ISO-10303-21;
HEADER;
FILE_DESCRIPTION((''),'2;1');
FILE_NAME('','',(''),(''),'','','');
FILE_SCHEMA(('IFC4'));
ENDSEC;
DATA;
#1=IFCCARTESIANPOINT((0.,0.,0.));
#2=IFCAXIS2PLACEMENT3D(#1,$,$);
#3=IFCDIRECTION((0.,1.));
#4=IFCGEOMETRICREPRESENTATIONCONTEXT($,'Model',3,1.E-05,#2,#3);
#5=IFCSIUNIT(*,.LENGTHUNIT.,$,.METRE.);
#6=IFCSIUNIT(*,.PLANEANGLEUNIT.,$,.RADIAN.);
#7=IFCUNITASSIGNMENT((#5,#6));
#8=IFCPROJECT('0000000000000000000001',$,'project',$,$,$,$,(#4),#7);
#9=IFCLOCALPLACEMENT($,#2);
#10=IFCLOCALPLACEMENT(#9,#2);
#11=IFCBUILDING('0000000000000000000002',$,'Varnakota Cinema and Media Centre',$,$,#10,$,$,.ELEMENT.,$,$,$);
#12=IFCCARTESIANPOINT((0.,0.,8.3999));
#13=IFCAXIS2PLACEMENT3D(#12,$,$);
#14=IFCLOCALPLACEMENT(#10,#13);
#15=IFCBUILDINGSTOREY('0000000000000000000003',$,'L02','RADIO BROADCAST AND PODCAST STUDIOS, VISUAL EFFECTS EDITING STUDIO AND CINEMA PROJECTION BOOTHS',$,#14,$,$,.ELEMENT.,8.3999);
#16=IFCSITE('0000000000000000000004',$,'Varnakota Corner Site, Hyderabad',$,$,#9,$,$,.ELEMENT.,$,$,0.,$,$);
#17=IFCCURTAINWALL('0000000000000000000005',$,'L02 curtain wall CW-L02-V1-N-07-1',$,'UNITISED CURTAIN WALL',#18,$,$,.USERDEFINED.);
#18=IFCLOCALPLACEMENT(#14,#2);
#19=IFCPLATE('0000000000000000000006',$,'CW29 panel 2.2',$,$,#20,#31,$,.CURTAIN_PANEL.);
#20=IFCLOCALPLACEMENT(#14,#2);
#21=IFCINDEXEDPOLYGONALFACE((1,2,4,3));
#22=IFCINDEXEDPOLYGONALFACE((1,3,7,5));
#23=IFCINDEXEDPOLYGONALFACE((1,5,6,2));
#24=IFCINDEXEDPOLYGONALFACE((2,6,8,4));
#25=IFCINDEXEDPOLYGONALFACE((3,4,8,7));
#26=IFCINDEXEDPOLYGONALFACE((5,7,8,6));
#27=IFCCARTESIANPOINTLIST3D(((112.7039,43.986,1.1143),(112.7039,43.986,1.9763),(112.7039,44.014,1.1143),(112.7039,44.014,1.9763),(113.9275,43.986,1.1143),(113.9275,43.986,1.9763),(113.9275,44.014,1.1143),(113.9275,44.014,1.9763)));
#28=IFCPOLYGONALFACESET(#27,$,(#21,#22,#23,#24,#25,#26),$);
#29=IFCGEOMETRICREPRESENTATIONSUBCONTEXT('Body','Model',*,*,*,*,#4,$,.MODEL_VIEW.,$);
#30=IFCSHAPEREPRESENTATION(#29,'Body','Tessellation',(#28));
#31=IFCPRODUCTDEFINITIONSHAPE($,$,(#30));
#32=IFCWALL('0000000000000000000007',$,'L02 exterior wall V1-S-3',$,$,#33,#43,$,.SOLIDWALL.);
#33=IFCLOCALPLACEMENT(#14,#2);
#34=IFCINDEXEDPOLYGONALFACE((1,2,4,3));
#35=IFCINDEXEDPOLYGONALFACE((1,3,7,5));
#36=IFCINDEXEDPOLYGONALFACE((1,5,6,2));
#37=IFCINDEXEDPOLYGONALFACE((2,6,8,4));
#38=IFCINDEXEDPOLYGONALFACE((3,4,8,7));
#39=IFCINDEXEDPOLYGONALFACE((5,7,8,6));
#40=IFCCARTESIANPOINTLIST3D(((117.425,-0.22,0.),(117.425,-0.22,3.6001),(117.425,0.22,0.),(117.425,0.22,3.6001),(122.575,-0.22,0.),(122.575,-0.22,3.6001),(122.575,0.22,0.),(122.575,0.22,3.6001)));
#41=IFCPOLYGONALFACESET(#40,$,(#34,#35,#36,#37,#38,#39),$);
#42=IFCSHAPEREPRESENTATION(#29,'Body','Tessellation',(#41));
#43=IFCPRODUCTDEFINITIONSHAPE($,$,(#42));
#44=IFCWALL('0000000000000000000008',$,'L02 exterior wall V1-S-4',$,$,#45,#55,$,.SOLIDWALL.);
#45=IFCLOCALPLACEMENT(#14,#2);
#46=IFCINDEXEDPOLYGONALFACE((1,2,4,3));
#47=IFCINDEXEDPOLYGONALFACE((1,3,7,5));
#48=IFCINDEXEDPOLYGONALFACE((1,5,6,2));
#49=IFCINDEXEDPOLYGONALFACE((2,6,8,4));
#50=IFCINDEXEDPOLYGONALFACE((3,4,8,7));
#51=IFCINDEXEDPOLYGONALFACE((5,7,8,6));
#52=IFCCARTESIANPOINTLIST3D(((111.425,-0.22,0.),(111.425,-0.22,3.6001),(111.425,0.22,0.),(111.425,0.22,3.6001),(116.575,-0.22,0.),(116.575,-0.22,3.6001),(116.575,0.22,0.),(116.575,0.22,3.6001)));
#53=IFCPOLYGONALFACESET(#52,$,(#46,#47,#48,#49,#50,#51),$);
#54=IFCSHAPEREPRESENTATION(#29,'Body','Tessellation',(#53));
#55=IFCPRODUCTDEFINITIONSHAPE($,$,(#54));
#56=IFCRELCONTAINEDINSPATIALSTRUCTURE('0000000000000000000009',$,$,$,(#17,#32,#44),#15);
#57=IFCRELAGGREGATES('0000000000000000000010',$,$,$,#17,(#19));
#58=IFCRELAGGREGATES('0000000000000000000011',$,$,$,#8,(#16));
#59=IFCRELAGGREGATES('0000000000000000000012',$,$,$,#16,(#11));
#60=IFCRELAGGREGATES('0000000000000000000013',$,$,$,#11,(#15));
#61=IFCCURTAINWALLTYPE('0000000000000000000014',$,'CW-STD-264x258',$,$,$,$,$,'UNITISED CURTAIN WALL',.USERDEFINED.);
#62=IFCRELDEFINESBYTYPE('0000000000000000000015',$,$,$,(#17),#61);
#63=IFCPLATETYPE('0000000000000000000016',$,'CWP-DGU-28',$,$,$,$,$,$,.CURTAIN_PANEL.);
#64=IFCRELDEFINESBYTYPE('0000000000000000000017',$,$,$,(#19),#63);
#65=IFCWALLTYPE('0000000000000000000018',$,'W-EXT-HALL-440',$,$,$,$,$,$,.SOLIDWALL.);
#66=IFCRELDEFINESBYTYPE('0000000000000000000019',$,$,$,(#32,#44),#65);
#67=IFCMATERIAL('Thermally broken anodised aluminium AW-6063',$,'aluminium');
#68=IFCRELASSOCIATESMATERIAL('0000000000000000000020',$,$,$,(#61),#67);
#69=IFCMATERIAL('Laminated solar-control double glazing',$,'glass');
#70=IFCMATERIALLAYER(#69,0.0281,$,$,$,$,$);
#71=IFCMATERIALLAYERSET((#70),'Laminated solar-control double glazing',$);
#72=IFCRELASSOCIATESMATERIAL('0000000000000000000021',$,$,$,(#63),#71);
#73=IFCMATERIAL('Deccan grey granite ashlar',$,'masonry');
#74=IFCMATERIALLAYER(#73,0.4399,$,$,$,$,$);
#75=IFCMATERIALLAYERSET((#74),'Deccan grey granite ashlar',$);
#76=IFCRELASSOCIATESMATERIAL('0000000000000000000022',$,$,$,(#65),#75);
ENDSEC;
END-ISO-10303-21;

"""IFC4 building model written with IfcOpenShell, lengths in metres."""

from ifc_helpers import new_model, si_unit, direction, frame, frame_2d, origin, origin_2d, place, context, subcontext, project, spatial, rectangle, extrude, material, layer, layer_set, type_object, element, aggregate, save


model = new_model("IFC4")

# Units and contexts
model_context = context("Model", 3, precision=1e-05, world=origin(), true_north=direction((0.0, 1.0)))
body_context = subcontext(model_context, "Body", "Model", "MODEL_VIEW")
ifc_project = project(units=[si_unit("LENGTHUNIT", "METRE"), si_unit("PLANEANGLEUNIT", "RADIAN")], contexts=[model_context])

# Site, building, storey
site_placement = place(None, origin())
site = spatial("IfcSite", under=ifc_project, at=site_placement, Name="Varnakota Corner Site, Hyderabad", CompositionType="ELEMENT", RefElevation=0.0)
building_placement = place(site_placement, origin())
building = spatial("IfcBuilding", under=site, at=building_placement, Name="Varnakota Cinema and Media Centre", CompositionType="ELEMENT")
storey_placement = place(building_placement, frame((0.0, 0.0, 8.3999)))
storey = spatial("IfcBuildingStorey", under=building, at=storey_placement, Name="L02", Description="RADIO BROADCAST AND PODCAST STUDIOS, VISUAL EFFECTS EDITING STUDIO AND CINEMA PROJECTION BOOTHS", CompositionType="ELEMENT", Elevation=8.3999)

# Curtain wall, plate
ifc_material_1 = material(Name="Thermally broken anodised aluminium AW-6063", Category="aluminium")
curtain_wall_type = type_object("IfcCurtainWallType", Name="CW-STD-264x258", ElementType="UNITISED CURTAIN WALL", PredefinedType="USERDEFINED", material=ifc_material_1)
curtain_wall_placement = place(storey_placement, origin())
curtain_wall = element("IfcCurtainWall", 1, at=curtain_wall_placement, inside=storey, type_object=curtain_wall_type, Name="L02 curtain wall CW-L02-V1-N-07-1", ObjectType="UNITISED CURTAIN WALL", PredefinedType="USERDEFINED")
ifc_material_2 = material(Name="Laminated solar-control double glazing", Category="glass")
ifc_layer_1 = layer(ifc_material_2, 0.0281)
ifc_layer_set_1 = layer_set([ifc_layer_1], Name="Laminated solar-control double glazing")
plate_type = type_object("IfcPlateType", Name="CWP-DGU-28", PredefinedType="CURTAIN_PANEL", material=ifc_layer_set_1)
plate_1_placement = place(storey_placement, frame((113.3157, 44.0, 1.1143), z_axis=(0.0, 0.0, 1.0), x_axis=(1.0, 0.0, 0.0)))
plate_1 = element("IfcPlate", 2, at=plate_1_placement, type_object=plate_type, Name="CW29 panel 2.2", PredefinedType="CURTAIN_PANEL", context=body_context, shape_type="SweptSolid", body=[
    extrude(rectangle(XDim=1.2236, YDim=0.0281, at=origin_2d()), origin(), (0.0, 0.0, 1.0), 0.8621),
])
aggregate(curtain_wall, [plate_1])

# Walls
ifc_material_3 = material(Name="Deccan grey granite ashlar", Category="masonry")
ifc_layer_2 = layer(ifc_material_3, 0.4399)
ifc_layer_set_2 = layer_set([ifc_layer_2], Name="Deccan grey granite ashlar")
wall_type = type_object("IfcWallType", Name="W-EXT-HALL-440", PredefinedType="SOLIDWALL", material=ifc_layer_set_2)
for number, where, z_axis, x_axis, name in (
    (3, (122.575, 0.0, 0.0), (0.0, 0.0, 1.0), (-1.0, 0.0, 0.0), "L02 exterior wall V1-S-3"),
    (4, (116.575, 0.0, 0.0), (0.0, 0.0, 1.0), (-1.0, 0.0, 0.0), "L02 exterior wall V1-S-4"),
):
    element("IfcWall", number, at=place(storey_placement, frame(where, z_axis=z_axis, x_axis=x_axis)), inside=storey, type_object=wall_type, Name=name, PredefinedType="SOLIDWALL", context=body_context, shape_type="SweptSolid", body=[
        extrude(rectangle(XDim=5.1499, YDim=0.4399, at=frame_2d((2.575, 0.0))), origin(), (0.0, 0.0, 1.0), 3.6001),
    ])

save(model, "model.ifc")
